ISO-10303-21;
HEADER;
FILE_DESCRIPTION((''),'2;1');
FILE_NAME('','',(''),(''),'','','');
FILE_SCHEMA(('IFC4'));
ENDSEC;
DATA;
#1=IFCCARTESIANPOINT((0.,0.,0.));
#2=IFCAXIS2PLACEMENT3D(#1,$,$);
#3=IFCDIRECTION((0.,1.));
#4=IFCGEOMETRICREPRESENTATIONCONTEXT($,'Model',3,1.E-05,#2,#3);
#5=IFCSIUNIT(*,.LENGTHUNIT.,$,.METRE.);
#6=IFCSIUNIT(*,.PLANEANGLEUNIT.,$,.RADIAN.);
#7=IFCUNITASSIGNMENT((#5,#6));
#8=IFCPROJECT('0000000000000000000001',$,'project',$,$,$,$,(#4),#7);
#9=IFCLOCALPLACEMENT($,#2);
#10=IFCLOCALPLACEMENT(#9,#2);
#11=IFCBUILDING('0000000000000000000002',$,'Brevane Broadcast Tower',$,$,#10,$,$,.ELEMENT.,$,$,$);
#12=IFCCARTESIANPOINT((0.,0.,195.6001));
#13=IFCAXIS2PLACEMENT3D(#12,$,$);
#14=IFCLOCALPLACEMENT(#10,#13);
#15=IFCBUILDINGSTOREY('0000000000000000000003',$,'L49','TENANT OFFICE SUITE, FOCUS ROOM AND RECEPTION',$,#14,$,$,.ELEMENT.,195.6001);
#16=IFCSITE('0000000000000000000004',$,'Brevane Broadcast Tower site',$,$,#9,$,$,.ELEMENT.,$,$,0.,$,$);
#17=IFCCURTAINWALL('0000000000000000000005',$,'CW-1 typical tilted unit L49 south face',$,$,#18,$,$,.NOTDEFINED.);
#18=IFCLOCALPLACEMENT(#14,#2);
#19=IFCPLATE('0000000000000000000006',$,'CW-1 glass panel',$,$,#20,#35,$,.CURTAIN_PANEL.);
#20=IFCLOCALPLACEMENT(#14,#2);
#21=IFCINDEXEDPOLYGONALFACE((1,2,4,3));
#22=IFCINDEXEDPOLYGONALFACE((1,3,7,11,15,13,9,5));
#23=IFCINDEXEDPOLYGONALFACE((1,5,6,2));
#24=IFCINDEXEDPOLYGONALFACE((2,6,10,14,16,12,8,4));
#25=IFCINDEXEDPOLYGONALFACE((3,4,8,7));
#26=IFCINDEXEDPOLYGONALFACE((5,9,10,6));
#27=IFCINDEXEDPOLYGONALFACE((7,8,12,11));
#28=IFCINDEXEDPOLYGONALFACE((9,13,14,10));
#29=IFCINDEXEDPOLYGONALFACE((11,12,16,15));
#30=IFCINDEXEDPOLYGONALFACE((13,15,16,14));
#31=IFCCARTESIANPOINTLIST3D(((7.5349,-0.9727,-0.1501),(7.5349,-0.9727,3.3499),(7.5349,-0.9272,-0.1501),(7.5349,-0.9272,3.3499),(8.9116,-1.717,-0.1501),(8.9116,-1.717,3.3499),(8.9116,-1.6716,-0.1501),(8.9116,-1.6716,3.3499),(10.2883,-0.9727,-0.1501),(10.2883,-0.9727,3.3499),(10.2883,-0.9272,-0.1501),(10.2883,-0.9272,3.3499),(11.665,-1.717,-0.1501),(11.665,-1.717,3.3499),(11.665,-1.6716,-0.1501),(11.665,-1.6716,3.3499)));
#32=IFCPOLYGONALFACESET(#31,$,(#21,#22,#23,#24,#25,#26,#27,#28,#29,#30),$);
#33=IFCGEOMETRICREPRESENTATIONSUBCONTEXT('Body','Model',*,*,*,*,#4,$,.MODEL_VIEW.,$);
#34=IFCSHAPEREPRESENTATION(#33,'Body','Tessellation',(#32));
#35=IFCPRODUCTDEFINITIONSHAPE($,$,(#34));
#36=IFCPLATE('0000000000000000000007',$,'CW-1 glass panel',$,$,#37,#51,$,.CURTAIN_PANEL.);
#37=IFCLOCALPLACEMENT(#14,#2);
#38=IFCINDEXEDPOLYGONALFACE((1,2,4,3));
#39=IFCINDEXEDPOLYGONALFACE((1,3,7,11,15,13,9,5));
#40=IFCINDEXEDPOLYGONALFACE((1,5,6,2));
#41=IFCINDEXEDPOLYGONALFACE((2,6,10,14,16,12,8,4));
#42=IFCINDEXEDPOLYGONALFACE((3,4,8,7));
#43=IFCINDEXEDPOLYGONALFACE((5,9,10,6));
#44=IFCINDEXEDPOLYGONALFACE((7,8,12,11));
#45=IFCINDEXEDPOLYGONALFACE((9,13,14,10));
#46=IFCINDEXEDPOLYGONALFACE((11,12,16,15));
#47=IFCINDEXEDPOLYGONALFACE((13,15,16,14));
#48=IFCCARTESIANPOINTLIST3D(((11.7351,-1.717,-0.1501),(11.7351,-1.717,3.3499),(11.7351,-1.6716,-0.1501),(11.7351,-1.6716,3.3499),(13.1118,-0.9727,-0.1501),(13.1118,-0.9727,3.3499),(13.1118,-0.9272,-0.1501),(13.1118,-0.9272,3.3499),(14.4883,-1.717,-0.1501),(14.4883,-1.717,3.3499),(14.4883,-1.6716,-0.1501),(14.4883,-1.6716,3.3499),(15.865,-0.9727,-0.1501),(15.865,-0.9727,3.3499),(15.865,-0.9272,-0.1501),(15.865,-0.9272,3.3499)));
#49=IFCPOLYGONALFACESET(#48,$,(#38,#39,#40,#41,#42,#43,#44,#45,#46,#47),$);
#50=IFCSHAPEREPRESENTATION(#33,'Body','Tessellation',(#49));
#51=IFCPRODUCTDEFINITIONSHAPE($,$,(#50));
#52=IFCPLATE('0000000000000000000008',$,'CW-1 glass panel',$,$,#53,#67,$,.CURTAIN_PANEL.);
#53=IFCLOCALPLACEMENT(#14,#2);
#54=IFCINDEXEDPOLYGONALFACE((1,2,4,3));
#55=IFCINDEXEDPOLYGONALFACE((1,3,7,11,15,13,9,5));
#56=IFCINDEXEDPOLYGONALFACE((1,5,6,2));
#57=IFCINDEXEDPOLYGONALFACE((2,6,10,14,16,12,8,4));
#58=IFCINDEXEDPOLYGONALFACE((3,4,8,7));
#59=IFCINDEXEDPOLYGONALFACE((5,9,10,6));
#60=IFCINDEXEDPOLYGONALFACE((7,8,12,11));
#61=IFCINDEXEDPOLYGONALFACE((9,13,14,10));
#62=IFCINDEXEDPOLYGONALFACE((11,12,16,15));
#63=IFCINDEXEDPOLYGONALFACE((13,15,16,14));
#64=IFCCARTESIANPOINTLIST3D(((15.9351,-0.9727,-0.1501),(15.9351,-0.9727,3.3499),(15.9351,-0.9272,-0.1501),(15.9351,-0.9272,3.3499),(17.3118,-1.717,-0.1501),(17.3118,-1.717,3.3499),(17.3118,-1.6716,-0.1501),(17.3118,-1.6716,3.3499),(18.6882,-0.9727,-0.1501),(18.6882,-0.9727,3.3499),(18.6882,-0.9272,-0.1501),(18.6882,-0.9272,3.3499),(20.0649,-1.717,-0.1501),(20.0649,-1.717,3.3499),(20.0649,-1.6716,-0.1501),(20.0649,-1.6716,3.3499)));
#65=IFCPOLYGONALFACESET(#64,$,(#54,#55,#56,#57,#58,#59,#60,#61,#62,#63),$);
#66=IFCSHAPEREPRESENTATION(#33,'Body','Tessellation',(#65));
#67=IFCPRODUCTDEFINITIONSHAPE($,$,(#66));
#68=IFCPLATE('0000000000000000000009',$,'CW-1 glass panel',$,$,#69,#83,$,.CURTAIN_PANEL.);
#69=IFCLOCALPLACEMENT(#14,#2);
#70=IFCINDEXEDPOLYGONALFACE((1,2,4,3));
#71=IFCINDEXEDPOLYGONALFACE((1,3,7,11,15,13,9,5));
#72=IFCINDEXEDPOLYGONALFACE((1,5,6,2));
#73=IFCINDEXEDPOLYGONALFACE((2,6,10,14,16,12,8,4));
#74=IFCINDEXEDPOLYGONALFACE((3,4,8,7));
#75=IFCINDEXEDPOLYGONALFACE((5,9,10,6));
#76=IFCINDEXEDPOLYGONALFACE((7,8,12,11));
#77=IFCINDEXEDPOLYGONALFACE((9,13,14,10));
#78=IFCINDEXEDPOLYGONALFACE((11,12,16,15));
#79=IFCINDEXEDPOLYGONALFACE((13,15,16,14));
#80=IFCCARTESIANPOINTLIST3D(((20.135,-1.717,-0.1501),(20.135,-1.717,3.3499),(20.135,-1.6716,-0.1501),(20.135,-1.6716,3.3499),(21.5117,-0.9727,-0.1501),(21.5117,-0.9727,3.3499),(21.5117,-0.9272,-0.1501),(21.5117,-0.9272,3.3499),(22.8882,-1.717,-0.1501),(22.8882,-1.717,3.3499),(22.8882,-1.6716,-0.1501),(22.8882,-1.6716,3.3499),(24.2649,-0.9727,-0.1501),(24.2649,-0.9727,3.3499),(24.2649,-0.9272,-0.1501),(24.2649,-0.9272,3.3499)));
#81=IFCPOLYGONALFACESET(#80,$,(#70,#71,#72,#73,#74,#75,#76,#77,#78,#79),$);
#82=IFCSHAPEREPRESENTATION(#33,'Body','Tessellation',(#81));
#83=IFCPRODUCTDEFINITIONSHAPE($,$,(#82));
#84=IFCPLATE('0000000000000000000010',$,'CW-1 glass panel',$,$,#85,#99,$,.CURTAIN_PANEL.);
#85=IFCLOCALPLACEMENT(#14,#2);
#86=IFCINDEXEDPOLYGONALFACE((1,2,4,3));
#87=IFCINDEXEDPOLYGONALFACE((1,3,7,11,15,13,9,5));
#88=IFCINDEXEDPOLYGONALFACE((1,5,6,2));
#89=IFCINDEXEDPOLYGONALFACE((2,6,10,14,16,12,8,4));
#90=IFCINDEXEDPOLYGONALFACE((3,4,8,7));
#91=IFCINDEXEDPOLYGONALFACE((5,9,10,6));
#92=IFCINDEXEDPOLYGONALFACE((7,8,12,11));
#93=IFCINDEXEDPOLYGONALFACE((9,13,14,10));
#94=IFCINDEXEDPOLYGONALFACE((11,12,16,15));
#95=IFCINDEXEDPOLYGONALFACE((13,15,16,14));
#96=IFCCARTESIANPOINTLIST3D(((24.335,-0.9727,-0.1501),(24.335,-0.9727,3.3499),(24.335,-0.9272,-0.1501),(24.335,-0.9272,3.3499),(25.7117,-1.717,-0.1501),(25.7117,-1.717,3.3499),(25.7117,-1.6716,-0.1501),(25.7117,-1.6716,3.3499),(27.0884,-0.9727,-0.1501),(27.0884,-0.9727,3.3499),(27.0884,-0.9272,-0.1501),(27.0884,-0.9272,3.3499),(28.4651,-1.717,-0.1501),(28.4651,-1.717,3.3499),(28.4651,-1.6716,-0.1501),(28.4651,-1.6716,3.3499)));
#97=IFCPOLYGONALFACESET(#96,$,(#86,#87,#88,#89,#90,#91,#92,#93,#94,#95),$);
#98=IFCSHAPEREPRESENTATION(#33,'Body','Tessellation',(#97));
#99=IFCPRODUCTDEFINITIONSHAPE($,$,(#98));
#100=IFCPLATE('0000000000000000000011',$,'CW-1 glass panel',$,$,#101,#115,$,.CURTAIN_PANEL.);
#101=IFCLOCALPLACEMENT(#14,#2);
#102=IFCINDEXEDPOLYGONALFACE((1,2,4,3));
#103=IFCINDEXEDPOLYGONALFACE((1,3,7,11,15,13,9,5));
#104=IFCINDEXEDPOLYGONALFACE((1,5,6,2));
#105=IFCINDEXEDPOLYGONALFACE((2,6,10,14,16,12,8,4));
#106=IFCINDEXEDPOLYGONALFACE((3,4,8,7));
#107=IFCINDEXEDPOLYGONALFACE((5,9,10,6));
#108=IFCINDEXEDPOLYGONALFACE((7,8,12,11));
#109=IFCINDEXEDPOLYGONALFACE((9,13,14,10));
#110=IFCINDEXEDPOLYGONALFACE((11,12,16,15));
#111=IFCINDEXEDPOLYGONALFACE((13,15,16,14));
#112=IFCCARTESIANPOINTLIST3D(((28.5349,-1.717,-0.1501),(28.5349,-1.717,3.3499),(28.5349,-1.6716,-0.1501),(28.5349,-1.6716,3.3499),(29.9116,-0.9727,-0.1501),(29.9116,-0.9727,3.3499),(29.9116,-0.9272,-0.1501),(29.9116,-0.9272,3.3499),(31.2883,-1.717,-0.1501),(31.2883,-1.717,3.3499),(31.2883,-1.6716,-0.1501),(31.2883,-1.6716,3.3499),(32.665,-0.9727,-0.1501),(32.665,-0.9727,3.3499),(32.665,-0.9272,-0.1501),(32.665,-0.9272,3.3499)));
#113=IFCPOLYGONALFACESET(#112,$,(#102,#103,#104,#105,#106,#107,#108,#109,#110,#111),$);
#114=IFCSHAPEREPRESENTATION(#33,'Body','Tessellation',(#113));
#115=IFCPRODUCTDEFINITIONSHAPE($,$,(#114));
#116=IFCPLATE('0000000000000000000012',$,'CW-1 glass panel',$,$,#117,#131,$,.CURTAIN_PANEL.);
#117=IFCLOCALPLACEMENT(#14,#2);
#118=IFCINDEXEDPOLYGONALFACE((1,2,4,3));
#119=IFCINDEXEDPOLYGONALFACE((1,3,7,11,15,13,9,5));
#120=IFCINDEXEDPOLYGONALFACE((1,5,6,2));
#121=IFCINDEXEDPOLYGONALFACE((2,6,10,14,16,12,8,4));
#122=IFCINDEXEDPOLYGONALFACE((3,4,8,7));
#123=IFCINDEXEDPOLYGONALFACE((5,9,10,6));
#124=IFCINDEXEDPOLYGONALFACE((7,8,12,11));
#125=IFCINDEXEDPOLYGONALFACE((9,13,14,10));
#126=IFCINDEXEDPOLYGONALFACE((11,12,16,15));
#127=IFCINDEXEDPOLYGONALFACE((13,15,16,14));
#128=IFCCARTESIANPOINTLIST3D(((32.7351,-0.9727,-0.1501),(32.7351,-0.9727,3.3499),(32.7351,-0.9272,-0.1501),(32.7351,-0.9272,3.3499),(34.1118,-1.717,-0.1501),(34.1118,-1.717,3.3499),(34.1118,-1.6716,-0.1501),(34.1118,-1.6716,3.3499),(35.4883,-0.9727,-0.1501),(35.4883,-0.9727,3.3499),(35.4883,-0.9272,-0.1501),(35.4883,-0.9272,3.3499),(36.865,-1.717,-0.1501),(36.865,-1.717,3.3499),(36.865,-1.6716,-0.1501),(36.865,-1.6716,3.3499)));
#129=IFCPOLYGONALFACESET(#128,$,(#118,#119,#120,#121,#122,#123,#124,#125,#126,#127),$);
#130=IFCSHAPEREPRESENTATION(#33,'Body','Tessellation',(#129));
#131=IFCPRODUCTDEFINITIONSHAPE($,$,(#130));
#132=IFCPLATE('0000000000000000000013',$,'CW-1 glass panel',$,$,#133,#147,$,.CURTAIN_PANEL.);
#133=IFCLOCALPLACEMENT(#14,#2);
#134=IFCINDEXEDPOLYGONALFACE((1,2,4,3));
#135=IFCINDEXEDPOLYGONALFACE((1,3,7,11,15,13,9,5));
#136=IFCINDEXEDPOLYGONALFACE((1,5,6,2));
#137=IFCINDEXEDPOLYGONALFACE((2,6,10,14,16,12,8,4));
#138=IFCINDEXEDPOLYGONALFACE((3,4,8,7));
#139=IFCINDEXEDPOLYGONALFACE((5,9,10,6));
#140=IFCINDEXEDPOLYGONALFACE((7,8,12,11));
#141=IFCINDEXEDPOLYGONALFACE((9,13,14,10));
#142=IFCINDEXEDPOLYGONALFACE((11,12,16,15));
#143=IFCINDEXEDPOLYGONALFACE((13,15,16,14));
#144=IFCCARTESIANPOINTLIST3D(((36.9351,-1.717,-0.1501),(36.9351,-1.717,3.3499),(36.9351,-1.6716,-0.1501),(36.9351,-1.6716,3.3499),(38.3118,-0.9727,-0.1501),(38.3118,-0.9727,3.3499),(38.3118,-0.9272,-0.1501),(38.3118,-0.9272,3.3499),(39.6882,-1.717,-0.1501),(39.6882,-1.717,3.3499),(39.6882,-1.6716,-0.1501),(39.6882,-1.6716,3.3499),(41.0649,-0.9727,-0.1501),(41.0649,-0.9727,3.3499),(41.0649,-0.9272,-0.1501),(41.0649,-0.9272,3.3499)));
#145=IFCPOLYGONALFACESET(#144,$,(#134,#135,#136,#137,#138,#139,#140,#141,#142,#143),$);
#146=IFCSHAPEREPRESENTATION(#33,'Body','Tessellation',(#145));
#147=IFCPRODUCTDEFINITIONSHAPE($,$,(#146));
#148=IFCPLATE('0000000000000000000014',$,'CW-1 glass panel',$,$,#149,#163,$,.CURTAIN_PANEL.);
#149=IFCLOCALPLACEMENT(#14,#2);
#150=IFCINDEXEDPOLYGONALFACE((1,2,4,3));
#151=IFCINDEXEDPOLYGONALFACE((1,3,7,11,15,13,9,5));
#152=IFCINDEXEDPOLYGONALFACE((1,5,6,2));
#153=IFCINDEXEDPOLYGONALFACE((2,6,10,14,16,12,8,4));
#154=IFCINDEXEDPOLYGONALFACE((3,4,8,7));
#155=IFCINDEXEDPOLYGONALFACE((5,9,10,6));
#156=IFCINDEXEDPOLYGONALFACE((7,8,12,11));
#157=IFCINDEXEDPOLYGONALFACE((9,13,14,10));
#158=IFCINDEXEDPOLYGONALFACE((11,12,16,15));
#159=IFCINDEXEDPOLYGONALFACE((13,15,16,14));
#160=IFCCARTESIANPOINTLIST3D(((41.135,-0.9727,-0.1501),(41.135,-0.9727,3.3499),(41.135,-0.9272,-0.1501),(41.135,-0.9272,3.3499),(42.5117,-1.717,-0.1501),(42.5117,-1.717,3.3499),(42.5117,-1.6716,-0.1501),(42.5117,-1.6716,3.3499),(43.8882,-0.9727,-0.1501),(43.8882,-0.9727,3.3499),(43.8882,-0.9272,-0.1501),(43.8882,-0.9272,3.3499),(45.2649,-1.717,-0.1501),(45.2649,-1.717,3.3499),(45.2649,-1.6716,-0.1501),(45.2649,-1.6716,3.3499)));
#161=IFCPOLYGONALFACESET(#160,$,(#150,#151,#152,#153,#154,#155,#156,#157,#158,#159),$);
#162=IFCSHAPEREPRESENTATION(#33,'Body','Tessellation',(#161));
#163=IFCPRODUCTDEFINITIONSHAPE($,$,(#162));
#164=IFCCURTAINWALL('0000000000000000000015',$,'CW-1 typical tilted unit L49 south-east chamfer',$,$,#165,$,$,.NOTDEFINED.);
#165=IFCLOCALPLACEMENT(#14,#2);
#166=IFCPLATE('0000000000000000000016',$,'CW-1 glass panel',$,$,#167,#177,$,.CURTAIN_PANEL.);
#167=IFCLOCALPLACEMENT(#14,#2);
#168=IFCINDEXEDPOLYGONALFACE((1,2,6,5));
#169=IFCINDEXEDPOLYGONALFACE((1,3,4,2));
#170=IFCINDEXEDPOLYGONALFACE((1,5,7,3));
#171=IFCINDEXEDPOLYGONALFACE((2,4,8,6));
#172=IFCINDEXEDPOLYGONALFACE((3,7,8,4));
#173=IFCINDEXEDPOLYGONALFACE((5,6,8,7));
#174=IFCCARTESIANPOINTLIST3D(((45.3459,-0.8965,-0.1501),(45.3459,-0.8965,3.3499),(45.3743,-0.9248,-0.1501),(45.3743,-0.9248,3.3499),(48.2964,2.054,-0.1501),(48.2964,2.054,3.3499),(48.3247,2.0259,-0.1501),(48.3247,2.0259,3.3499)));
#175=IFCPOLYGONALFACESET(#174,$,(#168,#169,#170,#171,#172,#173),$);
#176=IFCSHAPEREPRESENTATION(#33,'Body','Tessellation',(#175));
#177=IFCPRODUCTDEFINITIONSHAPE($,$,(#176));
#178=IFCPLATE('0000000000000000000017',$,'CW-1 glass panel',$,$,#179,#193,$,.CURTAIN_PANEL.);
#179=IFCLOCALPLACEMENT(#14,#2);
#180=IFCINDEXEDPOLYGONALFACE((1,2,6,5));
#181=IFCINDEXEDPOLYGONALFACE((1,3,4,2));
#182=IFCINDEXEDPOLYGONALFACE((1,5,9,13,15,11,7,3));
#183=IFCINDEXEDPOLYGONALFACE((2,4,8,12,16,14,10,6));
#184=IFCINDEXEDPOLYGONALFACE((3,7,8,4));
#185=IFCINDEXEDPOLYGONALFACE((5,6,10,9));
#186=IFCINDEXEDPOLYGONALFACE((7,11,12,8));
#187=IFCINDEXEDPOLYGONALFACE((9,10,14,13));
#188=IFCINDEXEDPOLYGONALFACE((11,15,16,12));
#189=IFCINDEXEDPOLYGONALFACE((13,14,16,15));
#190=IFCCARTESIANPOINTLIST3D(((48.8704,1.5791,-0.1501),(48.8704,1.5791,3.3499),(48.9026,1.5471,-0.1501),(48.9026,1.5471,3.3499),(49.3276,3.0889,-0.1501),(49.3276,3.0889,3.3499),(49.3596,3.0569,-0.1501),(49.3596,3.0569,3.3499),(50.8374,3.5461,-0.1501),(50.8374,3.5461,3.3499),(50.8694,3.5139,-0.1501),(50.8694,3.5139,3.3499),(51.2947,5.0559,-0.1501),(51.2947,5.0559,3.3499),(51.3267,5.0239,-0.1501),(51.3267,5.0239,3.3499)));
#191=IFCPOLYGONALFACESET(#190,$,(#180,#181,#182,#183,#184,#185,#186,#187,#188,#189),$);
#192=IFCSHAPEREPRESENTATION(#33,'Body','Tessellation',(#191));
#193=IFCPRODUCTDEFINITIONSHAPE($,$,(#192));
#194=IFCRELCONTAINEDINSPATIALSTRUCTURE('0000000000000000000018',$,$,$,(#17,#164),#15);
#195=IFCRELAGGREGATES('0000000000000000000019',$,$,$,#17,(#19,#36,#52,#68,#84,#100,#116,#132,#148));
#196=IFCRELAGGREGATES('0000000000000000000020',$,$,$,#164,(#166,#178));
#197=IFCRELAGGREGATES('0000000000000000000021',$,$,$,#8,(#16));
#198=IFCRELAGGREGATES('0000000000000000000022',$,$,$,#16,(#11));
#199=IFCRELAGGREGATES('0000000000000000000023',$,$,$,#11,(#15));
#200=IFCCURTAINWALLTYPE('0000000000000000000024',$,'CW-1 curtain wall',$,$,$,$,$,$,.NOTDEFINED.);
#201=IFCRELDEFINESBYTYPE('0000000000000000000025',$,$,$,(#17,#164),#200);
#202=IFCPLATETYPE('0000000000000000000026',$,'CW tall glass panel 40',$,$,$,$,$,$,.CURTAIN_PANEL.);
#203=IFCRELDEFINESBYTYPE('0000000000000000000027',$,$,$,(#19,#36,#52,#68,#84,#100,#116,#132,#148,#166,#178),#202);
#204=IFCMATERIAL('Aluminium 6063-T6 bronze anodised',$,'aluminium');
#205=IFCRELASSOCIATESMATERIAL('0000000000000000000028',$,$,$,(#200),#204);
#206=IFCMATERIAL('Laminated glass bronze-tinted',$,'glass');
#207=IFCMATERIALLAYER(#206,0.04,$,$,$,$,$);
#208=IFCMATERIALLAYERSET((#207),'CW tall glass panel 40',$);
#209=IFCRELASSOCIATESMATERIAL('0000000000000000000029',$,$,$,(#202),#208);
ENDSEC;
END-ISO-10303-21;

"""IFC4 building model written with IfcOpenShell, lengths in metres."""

from ifc_helpers import new_model, si_unit, direction, frame, origin, place, context, subcontext, project, spatial, polyline, outline, extrude, material, layer, layer_set, type_object, element, aggregate, save


model = new_model("IFC4")

# Units and contexts
model_context = context("Model", 3, precision=1e-05, world=origin(), true_north=direction((0.0, 1.0)))
body_context = subcontext(model_context, "Body", "Model", "MODEL_VIEW")
ifc_project = project(units=[si_unit("LENGTHUNIT", "METRE"), si_unit("PLANEANGLEUNIT", "RADIAN")], contexts=[model_context])

# Site, building, storey
site_placement = place(None, origin())
site = spatial("IfcSite", under=ifc_project, at=site_placement, Name="Brevane Broadcast Tower site", CompositionType="ELEMENT", RefElevation=0.0)
building_placement = place(site_placement, origin())
building = spatial("IfcBuilding", under=site, at=building_placement, Name="Brevane Broadcast Tower", CompositionType="ELEMENT")
storey_placement = place(building_placement, frame((0.0, 0.0, 195.6001)))
storey = spatial("IfcBuildingStorey", under=building, at=storey_placement, Name="L49", Description="TENANT OFFICE SUITE, FOCUS ROOM AND RECEPTION", CompositionType="ELEMENT", Elevation=195.6001)

# Curtain walls, plates
ifc_material_1 = material(Name="Aluminium 6063-T6 bronze anodised", Category="aluminium")
curtain_wall_type = type_object("IfcCurtainWallType", Name="CW-1 curtain wall", PredefinedType="NOTDEFINED", material=ifc_material_1)
curtain_wall_1_placement = place(storey_placement, origin())
curtain_wall_1 = element("IfcCurtainWall", 1, at=curtain_wall_1_placement, inside=storey, type_object=curtain_wall_type, Name="CW-1 typical tilted unit L49 south face", PredefinedType="NOTDEFINED")
ifc_material_2 = material(Name="Laminated glass bronze-tinted", Category="glass")
ifc_layer = layer(ifc_material_2, 0.04)
ifc_layer_set = layer_set([ifc_layer], Name="CW tall glass panel 40")
plate_type = type_object("IfcPlateType", Name="CW tall glass panel 40", PredefinedType="CURTAIN_PANEL", material=ifc_layer_set)
plate_1_placement = place(storey_placement, frame((0.0, 0.0, -0.1501)))
plate_1 = element("IfcPlate", 2, at=plate_1_placement, type_object=plate_type, Name="CW-1 glass panel", PredefinedType="CURTAIN_PANEL", context=body_context, shape_type="SweptSolid", body=[
    extrude(outline(polyline([(7.5349, -0.9272), (7.5349, -0.9727), (8.9116, -1.717), (10.2883, -0.9727), (11.665, -1.717), (11.665, -1.6716), (10.2883, -0.9272), (8.9116, -1.6716), (7.5349, -0.9272)])), origin(), (0.0, 0.0, 1.0), 3.5),
])
plate_2_placement = place(storey_placement, frame((0.0, 0.0, -0.1501)))
plate_2 = element("IfcPlate", 3, at=plate_2_placement, type_object=plate_type, Name="CW-1 glass panel", PredefinedType="CURTAIN_PANEL", context=body_context, shape_type="SweptSolid", body=[
    extrude(outline(polyline([(11.7351, -1.6716), (11.7351, -1.717), (13.1118, -0.9727), (14.4883, -1.717), (15.865, -0.9727), (15.865, -0.9272), (14.4883, -1.6716), (13.1118, -0.9272), (11.7351, -1.6716)])), origin(), (0.0, 0.0, 1.0), 3.5),
])
plate_3_placement = place(storey_placement, frame((0.0, 0.0, -0.1501)))
plate_3 = element("IfcPlate", 4, at=plate_3_placement, type_object=plate_type, Name="CW-1 glass panel", PredefinedType="CURTAIN_PANEL", context=body_context, shape_type="SweptSolid", body=[
    extrude(outline(polyline([(15.9351, -0.9272), (15.9351, -0.9727), (17.3118, -1.717), (18.6882, -0.9727), (20.0649, -1.717), (20.0649, -1.6716), (18.6882, -0.9272), (17.3118, -1.6716), (15.9351, -0.9272)])), origin(), (0.0, 0.0, 1.0), 3.5),
])
plate_4_placement = place(storey_placement, frame((0.0, 0.0, -0.1501)))
plate_4 = element("IfcPlate", 5, at=plate_4_placement, type_object=plate_type, Name="CW-1 glass panel", PredefinedType="CURTAIN_PANEL", context=body_context, shape_type="SweptSolid", body=[
    extrude(outline(polyline([(20.135, -1.6716), (20.135, -1.717), (21.5117, -0.9727), (22.8882, -1.717), (24.2649, -0.9727), (24.2649, -0.9272), (22.8882, -1.6716), (21.5117, -0.9272), (20.135, -1.6716)])), origin(), (0.0, 0.0, 1.0), 3.5),
])
plate_5_placement = place(storey_placement, frame((0.0, 0.0, -0.1501)))
plate_5 = element("IfcPlate", 6, at=plate_5_placement, type_object=plate_type, Name="CW-1 glass panel", PredefinedType="CURTAIN_PANEL", context=body_context, shape_type="SweptSolid", body=[
    extrude(outline(polyline([(24.335, -0.9272), (24.335, -0.9727), (25.7117, -1.717), (27.0884, -0.9727), (28.4651, -1.717), (28.4651, -1.6716), (27.0884, -0.9272), (25.7117, -1.6716), (24.335, -0.9272)])), origin(), (0.0, 0.0, 1.0), 3.5),
])
plate_6_placement = place(storey_placement, frame((0.0, 0.0, -0.1501)))
plate_6 = element("IfcPlate", 7, at=plate_6_placement, type_object=plate_type, Name="CW-1 glass panel", PredefinedType="CURTAIN_PANEL", context=body_context, shape_type="SweptSolid", body=[
    extrude(outline(polyline([(28.5349, -1.6716), (28.5349, -1.717), (29.9116, -0.9727), (31.2883, -1.717), (32.665, -0.9727), (32.665, -0.9272), (31.2883, -1.6716), (29.9116, -0.9272), (28.5349, -1.6716)])), origin(), (0.0, 0.0, 1.0), 3.5),
])
plate_7_placement = place(storey_placement, frame((0.0, 0.0, -0.1501)))
plate_7 = element("IfcPlate", 8, at=plate_7_placement, type_object=plate_type, Name="CW-1 glass panel", PredefinedType="CURTAIN_PANEL", context=body_context, shape_type="SweptSolid", body=[
    extrude(outline(polyline([(32.7351, -0.9272), (32.7351, -0.9727), (34.1118, -1.717), (35.4883, -0.9727), (36.865, -1.717), (36.865, -1.6716), (35.4883, -0.9272), (34.1118, -1.6716), (32.7351, -0.9272)])), origin(), (0.0, 0.0, 1.0), 3.5),
])
plate_8_placement = place(storey_placement, frame((0.0, 0.0, -0.1501)))
plate_8 = element("IfcPlate", 9, at=plate_8_placement, type_object=plate_type, Name="CW-1 glass panel", PredefinedType="CURTAIN_PANEL", context=body_context, shape_type="SweptSolid", body=[
    extrude(outline(polyline([(36.9351, -1.6716), (36.9351, -1.717), (38.3118, -0.9727), (39.6882, -1.717), (41.0649, -0.9727), (41.0649, -0.9272), (39.6882, -1.6716), (38.3118, -0.9272), (36.9351, -1.6716)])), origin(), (0.0, 0.0, 1.0), 3.5),
])
plate_9_placement = place(storey_placement, frame((0.0, 0.0, -0.1501)))
plate_9 = element("IfcPlate", 10, at=plate_9_placement, type_object=plate_type, Name="CW-1 glass panel", PredefinedType="CURTAIN_PANEL", context=body_context, shape_type="SweptSolid", body=[
    extrude(outline(polyline([(41.135, -0.9272), (41.135, -0.9727), (42.5117, -1.717), (43.8882, -0.9727), (45.2649, -1.717), (45.2649, -1.6716), (43.8882, -0.9272), (42.5117, -1.6716), (41.135, -0.9272)])), origin(), (0.0, 0.0, 1.0), 3.5),
])
aggregate(curtain_wall_1, [plate_1, plate_2, plate_3, plate_4, plate_5, plate_6, plate_7, plate_8, plate_9])
curtain_wall_2_placement = place(storey_placement, origin())
curtain_wall_2 = element("IfcCurtainWall", 11, at=curtain_wall_2_placement, inside=storey, type_object=curtain_wall_type, Name="CW-1 typical tilted unit L49 south-east chamfer", PredefinedType="NOTDEFINED")
plate_10_placement = place(storey_placement, frame((0.0, 0.0, -0.1501)))
plate_10 = element("IfcPlate", 12, at=plate_10_placement, type_object=plate_type, Name="CW-1 glass panel", PredefinedType="CURTAIN_PANEL", context=body_context, shape_type="SweptSolid", body=[
    extrude(outline(polyline([(45.3459, -0.8965), (48.2964, 2.054), (48.3247, 2.0259), (45.3743, -0.9248), (45.3459, -0.8965)])), origin(), (0.0, 0.0, 1.0), 3.5),
])
plate_11_placement = place(storey_placement, frame((0.0, 0.0, -0.1501)))
plate_11 = element("IfcPlate", 13, at=plate_11_placement, type_object=plate_type, Name="CW-1 glass panel", PredefinedType="CURTAIN_PANEL", context=body_context, shape_type="SweptSolid", body=[
    extrude(outline(polyline([(48.8704, 1.5791), (48.9026, 1.5471), (49.3596, 3.0569), (50.8694, 3.5139), (51.3267, 5.0239), (51.2947, 5.0559), (50.8374, 3.5461), (49.3276, 3.0889), (48.8704, 1.5791)])), origin(), (0.0, 0.0, 1.0), 3.5),
])
aggregate(curtain_wall_2, [plate_10, plate_11])

save(model, "model.ifc")
